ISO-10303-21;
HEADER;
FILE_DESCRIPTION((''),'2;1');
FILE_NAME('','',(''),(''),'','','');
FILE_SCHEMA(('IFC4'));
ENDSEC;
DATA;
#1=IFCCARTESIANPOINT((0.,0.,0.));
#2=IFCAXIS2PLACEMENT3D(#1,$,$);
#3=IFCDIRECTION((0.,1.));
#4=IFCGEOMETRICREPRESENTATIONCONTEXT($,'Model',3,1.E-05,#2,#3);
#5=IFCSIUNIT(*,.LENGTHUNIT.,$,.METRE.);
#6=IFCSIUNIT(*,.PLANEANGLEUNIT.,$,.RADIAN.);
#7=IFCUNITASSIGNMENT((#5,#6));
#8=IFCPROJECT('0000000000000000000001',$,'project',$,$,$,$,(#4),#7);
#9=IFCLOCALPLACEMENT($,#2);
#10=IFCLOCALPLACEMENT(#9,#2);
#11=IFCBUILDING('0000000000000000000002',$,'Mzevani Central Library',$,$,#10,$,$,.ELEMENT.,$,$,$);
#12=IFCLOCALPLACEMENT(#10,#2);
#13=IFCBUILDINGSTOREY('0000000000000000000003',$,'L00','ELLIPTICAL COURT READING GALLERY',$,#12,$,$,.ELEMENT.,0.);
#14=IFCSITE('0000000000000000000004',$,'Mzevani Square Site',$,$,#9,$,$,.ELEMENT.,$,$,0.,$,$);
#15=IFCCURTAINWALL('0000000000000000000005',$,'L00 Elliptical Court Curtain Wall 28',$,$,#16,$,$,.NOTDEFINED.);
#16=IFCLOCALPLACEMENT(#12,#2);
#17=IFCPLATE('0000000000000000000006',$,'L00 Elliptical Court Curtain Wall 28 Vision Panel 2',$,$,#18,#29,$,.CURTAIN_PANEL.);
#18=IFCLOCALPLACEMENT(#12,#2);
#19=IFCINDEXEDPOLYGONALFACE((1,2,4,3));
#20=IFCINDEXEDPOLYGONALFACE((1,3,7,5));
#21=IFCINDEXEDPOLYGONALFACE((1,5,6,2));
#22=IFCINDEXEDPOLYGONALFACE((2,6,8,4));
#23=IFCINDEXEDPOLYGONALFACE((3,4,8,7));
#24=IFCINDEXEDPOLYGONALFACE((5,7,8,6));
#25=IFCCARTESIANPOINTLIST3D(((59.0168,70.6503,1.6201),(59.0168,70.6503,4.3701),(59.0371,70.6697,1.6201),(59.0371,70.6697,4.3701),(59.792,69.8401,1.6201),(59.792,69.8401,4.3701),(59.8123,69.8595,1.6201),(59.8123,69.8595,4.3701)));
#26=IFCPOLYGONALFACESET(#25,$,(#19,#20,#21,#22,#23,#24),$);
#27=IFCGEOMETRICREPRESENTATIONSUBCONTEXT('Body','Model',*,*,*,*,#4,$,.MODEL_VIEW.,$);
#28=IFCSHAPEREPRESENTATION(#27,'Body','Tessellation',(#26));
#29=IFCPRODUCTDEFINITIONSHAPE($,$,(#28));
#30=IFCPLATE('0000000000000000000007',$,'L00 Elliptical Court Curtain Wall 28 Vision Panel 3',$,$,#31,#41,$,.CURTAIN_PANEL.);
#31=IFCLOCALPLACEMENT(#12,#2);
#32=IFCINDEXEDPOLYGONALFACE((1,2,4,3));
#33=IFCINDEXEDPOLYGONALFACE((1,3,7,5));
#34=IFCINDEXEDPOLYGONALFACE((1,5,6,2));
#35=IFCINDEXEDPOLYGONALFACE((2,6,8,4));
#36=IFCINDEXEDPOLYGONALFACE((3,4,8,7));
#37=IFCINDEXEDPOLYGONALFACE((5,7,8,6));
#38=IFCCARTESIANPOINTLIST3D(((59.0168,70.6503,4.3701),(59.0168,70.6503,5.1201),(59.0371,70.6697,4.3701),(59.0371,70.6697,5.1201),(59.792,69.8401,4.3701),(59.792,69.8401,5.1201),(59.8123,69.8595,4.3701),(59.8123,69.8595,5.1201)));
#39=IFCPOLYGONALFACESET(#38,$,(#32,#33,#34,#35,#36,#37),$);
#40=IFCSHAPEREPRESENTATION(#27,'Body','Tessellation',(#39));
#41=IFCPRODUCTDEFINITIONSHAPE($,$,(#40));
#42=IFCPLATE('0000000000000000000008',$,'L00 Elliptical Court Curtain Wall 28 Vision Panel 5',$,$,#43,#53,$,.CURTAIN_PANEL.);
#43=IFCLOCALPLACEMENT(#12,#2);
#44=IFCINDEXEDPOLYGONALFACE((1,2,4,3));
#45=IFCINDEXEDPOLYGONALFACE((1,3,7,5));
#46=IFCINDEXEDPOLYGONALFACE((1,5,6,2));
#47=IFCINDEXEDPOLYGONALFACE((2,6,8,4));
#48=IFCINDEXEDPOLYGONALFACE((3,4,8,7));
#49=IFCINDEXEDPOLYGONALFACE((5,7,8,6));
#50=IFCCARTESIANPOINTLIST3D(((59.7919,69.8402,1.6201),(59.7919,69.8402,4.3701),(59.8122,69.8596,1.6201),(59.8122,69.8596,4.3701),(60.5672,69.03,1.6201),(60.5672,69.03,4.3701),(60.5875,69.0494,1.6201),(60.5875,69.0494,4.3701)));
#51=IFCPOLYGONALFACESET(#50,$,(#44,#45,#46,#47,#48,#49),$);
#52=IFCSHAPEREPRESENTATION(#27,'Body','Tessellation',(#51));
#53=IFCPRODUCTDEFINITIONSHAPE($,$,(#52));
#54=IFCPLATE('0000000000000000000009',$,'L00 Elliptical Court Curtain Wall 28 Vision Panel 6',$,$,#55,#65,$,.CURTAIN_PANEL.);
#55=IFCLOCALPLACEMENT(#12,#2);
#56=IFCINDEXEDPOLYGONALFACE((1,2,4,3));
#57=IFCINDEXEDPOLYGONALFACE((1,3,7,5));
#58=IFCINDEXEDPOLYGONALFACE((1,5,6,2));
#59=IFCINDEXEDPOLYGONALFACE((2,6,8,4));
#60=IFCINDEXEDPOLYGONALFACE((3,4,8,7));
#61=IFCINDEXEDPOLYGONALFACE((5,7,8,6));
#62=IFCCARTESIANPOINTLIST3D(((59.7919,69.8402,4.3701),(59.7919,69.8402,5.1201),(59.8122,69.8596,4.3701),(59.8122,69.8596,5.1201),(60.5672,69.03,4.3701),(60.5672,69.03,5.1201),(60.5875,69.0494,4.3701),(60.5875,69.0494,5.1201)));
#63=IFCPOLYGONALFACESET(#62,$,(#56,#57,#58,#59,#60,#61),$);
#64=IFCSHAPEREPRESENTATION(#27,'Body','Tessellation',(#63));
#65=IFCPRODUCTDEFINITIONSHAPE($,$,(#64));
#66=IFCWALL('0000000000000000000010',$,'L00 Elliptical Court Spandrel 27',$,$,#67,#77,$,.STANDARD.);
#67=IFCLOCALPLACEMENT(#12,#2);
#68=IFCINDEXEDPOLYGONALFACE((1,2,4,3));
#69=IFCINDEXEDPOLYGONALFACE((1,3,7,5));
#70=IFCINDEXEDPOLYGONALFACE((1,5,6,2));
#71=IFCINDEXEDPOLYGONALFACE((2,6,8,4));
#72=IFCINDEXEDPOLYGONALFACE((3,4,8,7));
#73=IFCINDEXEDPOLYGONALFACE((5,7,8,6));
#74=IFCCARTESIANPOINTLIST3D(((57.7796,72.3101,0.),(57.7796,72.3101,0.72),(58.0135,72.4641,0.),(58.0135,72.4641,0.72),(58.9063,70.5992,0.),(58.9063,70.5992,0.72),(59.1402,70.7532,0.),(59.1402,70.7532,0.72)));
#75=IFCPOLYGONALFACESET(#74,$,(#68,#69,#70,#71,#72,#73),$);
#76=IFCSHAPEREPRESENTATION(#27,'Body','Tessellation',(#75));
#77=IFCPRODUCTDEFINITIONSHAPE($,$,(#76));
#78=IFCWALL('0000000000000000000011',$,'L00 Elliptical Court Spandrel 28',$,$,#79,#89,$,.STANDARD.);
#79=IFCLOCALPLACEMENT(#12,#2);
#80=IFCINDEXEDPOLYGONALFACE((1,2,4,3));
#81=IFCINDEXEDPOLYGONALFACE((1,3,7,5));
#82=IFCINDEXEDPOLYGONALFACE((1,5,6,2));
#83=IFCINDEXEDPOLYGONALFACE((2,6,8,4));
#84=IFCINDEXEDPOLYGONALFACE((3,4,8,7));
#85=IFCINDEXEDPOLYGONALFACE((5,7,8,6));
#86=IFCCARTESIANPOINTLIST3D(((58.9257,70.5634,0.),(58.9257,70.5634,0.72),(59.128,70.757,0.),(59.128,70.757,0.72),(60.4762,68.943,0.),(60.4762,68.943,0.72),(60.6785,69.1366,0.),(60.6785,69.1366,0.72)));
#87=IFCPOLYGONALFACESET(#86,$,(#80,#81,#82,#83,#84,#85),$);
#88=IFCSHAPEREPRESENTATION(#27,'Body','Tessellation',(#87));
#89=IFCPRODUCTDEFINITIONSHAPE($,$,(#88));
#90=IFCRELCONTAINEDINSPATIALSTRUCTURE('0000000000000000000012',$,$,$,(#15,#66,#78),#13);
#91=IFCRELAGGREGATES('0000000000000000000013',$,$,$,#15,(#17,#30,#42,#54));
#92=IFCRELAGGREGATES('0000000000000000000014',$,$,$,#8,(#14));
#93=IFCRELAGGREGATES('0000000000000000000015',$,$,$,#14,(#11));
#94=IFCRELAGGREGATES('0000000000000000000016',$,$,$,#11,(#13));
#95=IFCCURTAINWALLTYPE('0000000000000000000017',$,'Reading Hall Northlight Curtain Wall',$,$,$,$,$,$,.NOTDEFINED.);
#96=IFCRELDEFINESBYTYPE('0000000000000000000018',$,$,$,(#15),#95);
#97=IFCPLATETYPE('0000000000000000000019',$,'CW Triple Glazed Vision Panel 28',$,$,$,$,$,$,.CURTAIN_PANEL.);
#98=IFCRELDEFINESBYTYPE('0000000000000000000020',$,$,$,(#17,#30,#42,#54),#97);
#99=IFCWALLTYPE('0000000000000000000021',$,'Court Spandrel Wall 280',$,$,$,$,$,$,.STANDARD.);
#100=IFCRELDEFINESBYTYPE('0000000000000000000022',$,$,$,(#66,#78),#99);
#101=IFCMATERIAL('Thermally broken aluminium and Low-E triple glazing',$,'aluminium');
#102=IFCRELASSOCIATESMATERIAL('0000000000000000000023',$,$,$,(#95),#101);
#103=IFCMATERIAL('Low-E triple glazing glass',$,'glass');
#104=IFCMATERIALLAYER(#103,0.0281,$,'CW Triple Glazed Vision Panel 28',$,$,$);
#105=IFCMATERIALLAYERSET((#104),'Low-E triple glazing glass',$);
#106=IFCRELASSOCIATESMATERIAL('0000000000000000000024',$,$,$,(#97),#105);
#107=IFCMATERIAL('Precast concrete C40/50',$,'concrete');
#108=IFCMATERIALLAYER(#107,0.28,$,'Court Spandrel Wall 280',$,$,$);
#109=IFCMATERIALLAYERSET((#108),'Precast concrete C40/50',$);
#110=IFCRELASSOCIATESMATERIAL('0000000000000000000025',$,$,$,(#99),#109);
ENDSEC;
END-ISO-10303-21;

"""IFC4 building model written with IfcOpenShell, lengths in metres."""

from ifc_helpers import new_model, si_unit, direction, frame, frame_2d, origin, origin_2d, place, context, subcontext, project, spatial, rectangle, extrude, material, layer, layer_set, type_object, element, aggregate, save


model = new_model("IFC4")

# Units and contexts
model_context = context("Model", 3, precision=1e-05, world=origin(), true_north=direction((0.0, 1.0)))
body_context = subcontext(model_context, "Body", "Model", "MODEL_VIEW")
ifc_project = project(units=[si_unit("LENGTHUNIT", "METRE"), si_unit("PLANEANGLEUNIT", "RADIAN")], contexts=[model_context])

# Site, building, storey
site_placement = place(None, origin())
site = spatial("IfcSite", under=ifc_project, at=site_placement, Name="Mzevani Square Site", CompositionType="ELEMENT", RefElevation=0.0)
building_placement = place(site_placement, origin())
building = spatial("IfcBuilding", under=site, at=building_placement, Name="Mzevani Central Library", CompositionType="ELEMENT")
storey_placement = place(building_placement, origin())
storey = spatial("IfcBuildingStorey", under=building, at=storey_placement, Name="L00", Description="ELLIPTICAL COURT READING GALLERY", CompositionType="ELEMENT", Elevation=0.0)

# Curtain wall
ifc_material_1 = material(Name="Thermally broken aluminium and Low-E triple glazing", Category="aluminium")
curtain_wall_type_1 = type_object("IfcCurtainWallType", Name="Reading Hall Northlight Curtain Wall", PredefinedType="NOTDEFINED", material=ifc_material_1)
curtain_wall_1_placement = place(storey_placement, origin())
curtain_wall_1 = element("IfcCurtainWall", 1, at=curtain_wall_1_placement, inside=storey, type_object=curtain_wall_type_1, Name="L00 Elliptical Court Curtain Wall 28", PredefinedType="NOTDEFINED")

# Plates
ifc_material_2 = material(Name="Low-E triple glazing glass", Category="glass")
ifc_layer_1 = layer(ifc_material_2, 0.0281, Name="CW Triple Glazed Vision Panel 28")
ifc_layer_set_1 = layer_set([ifc_layer_1], Name="Low-E triple glazing glass")
plate_type_1 = type_object("IfcPlateType", Name="CW Triple Glazed Vision Panel 28", PredefinedType="CURTAIN_PANEL", material=ifc_layer_set_1)
plate_1_placement = place(storey_placement, frame((59.4146, 70.2549, 1.6201), z_axis=(0.0, 0.0, 1.0), x_axis=(0.691352, -0.722518, 0.0)))
plate_1 = element("IfcPlate", 2, at=plate_1_placement, type_object=plate_type_1, Name="L00 Elliptical Court Curtain Wall 28 Vision Panel 2", PredefinedType="CURTAIN_PANEL", context=body_context, shape_type="SweptSolid", body=[
    extrude(rectangle(XDim=1.1213, YDim=0.0281, at=origin_2d()), origin(), (0.0, 0.0, 1.0), 2.75),
])
plate_2_placement = place(storey_placement, frame((59.4146, 70.2549, 4.3701), z_axis=(0.0, 0.0, 1.0), x_axis=(0.691352, -0.722518, 0.0)))
plate_2 = element("IfcPlate", 3, at=plate_2_placement, type_object=plate_type_1, Name="L00 Elliptical Court Curtain Wall 28 Vision Panel 3", PredefinedType="CURTAIN_PANEL", context=body_context, shape_type="SweptSolid", body=[
    extrude(rectangle(XDim=1.1213, YDim=0.0281, at=origin_2d()), origin(), (0.0, 0.0, 1.0), 0.75),
])
plate_3_placement = place(storey_placement, frame((60.1897, 69.4448, 1.6201), z_axis=(0.0, 0.0, 1.0), x_axis=(0.691352, -0.722518, 0.0)))
plate_3 = element("IfcPlate", 4, at=plate_3_placement, type_object=plate_type_1, Name="L00 Elliptical Court Curtain Wall 28 Vision Panel 5", PredefinedType="CURTAIN_PANEL", context=body_context, shape_type="SweptSolid", body=[
    extrude(rectangle(XDim=1.1213, YDim=0.0281, at=origin_2d()), origin(), (0.0, 0.0, 1.0), 2.75),
])
plate_4_placement = place(storey_placement, frame((60.1897, 69.4448, 4.3701), z_axis=(0.0, 0.0, 1.0), x_axis=(0.691352, -0.722518, 0.0)))
plate_4 = element("IfcPlate", 5, at=plate_4_placement, type_object=plate_type_1, Name="L00 Elliptical Court Curtain Wall 28 Vision Panel 6", PredefinedType="CURTAIN_PANEL", context=body_context, shape_type="SweptSolid", body=[
    extrude(rectangle(XDim=1.1213, YDim=0.0281, at=origin_2d()), origin(), (0.0, 0.0, 1.0), 0.75),
])
aggregate(curtain_wall_1, [plate_1, plate_2, plate_3, plate_4])

# Walls
ifc_material_3 = material(Name="Precast concrete C40/50", Category="concrete")
ifc_layer_2 = layer(ifc_material_3, 0.28, Name="Court Spandrel Wall 280")
ifc_layer_set_2 = layer_set([ifc_layer_2], Name="Precast concrete C40/50")
wall_type = type_object("IfcWallType", Name="Court Spandrel Wall 280", PredefinedType="STANDARD", material=ifc_layer_set_2)
wall_1_placement = place(storey_placement, frame((57.8965, 72.3872, 0.0), z_axis=(0.0, 0.0, 1.0), x_axis=(0.549989, -0.835172, 0.0)))
element("IfcWall", 6, at=wall_1_placement, inside=storey, type_object=wall_type, Name="L00 Elliptical Court Spandrel 27", PredefinedType="STANDARD", context=body_context, shape_type="SweptSolid", body=[
    extrude(rectangle(XDim=2.0486, YDim=0.28, at=frame_2d((1.0244, 0.0))), origin(), (0.0, 0.0, 1.0), 0.72),
])
wall_2_placement = place(storey_placement, frame((59.0269, 70.6602, 0.0), z_axis=(0.0, 0.0, 1.0), x_axis=(0.691368, -0.722502, 0.0)))
element("IfcWall", 7, at=wall_2_placement, inside=storey, type_object=wall_type, Name="L00 Elliptical Court Spandrel 28", PredefinedType="STANDARD", context=body_context, shape_type="SweptSolid", body=[
    extrude(rectangle(XDim=2.2427, YDim=0.28, at=frame_2d((1.1213, 0.0))), origin(), (0.0, 0.0, 1.0), 0.72),
])

save(model, "model.ifc")
